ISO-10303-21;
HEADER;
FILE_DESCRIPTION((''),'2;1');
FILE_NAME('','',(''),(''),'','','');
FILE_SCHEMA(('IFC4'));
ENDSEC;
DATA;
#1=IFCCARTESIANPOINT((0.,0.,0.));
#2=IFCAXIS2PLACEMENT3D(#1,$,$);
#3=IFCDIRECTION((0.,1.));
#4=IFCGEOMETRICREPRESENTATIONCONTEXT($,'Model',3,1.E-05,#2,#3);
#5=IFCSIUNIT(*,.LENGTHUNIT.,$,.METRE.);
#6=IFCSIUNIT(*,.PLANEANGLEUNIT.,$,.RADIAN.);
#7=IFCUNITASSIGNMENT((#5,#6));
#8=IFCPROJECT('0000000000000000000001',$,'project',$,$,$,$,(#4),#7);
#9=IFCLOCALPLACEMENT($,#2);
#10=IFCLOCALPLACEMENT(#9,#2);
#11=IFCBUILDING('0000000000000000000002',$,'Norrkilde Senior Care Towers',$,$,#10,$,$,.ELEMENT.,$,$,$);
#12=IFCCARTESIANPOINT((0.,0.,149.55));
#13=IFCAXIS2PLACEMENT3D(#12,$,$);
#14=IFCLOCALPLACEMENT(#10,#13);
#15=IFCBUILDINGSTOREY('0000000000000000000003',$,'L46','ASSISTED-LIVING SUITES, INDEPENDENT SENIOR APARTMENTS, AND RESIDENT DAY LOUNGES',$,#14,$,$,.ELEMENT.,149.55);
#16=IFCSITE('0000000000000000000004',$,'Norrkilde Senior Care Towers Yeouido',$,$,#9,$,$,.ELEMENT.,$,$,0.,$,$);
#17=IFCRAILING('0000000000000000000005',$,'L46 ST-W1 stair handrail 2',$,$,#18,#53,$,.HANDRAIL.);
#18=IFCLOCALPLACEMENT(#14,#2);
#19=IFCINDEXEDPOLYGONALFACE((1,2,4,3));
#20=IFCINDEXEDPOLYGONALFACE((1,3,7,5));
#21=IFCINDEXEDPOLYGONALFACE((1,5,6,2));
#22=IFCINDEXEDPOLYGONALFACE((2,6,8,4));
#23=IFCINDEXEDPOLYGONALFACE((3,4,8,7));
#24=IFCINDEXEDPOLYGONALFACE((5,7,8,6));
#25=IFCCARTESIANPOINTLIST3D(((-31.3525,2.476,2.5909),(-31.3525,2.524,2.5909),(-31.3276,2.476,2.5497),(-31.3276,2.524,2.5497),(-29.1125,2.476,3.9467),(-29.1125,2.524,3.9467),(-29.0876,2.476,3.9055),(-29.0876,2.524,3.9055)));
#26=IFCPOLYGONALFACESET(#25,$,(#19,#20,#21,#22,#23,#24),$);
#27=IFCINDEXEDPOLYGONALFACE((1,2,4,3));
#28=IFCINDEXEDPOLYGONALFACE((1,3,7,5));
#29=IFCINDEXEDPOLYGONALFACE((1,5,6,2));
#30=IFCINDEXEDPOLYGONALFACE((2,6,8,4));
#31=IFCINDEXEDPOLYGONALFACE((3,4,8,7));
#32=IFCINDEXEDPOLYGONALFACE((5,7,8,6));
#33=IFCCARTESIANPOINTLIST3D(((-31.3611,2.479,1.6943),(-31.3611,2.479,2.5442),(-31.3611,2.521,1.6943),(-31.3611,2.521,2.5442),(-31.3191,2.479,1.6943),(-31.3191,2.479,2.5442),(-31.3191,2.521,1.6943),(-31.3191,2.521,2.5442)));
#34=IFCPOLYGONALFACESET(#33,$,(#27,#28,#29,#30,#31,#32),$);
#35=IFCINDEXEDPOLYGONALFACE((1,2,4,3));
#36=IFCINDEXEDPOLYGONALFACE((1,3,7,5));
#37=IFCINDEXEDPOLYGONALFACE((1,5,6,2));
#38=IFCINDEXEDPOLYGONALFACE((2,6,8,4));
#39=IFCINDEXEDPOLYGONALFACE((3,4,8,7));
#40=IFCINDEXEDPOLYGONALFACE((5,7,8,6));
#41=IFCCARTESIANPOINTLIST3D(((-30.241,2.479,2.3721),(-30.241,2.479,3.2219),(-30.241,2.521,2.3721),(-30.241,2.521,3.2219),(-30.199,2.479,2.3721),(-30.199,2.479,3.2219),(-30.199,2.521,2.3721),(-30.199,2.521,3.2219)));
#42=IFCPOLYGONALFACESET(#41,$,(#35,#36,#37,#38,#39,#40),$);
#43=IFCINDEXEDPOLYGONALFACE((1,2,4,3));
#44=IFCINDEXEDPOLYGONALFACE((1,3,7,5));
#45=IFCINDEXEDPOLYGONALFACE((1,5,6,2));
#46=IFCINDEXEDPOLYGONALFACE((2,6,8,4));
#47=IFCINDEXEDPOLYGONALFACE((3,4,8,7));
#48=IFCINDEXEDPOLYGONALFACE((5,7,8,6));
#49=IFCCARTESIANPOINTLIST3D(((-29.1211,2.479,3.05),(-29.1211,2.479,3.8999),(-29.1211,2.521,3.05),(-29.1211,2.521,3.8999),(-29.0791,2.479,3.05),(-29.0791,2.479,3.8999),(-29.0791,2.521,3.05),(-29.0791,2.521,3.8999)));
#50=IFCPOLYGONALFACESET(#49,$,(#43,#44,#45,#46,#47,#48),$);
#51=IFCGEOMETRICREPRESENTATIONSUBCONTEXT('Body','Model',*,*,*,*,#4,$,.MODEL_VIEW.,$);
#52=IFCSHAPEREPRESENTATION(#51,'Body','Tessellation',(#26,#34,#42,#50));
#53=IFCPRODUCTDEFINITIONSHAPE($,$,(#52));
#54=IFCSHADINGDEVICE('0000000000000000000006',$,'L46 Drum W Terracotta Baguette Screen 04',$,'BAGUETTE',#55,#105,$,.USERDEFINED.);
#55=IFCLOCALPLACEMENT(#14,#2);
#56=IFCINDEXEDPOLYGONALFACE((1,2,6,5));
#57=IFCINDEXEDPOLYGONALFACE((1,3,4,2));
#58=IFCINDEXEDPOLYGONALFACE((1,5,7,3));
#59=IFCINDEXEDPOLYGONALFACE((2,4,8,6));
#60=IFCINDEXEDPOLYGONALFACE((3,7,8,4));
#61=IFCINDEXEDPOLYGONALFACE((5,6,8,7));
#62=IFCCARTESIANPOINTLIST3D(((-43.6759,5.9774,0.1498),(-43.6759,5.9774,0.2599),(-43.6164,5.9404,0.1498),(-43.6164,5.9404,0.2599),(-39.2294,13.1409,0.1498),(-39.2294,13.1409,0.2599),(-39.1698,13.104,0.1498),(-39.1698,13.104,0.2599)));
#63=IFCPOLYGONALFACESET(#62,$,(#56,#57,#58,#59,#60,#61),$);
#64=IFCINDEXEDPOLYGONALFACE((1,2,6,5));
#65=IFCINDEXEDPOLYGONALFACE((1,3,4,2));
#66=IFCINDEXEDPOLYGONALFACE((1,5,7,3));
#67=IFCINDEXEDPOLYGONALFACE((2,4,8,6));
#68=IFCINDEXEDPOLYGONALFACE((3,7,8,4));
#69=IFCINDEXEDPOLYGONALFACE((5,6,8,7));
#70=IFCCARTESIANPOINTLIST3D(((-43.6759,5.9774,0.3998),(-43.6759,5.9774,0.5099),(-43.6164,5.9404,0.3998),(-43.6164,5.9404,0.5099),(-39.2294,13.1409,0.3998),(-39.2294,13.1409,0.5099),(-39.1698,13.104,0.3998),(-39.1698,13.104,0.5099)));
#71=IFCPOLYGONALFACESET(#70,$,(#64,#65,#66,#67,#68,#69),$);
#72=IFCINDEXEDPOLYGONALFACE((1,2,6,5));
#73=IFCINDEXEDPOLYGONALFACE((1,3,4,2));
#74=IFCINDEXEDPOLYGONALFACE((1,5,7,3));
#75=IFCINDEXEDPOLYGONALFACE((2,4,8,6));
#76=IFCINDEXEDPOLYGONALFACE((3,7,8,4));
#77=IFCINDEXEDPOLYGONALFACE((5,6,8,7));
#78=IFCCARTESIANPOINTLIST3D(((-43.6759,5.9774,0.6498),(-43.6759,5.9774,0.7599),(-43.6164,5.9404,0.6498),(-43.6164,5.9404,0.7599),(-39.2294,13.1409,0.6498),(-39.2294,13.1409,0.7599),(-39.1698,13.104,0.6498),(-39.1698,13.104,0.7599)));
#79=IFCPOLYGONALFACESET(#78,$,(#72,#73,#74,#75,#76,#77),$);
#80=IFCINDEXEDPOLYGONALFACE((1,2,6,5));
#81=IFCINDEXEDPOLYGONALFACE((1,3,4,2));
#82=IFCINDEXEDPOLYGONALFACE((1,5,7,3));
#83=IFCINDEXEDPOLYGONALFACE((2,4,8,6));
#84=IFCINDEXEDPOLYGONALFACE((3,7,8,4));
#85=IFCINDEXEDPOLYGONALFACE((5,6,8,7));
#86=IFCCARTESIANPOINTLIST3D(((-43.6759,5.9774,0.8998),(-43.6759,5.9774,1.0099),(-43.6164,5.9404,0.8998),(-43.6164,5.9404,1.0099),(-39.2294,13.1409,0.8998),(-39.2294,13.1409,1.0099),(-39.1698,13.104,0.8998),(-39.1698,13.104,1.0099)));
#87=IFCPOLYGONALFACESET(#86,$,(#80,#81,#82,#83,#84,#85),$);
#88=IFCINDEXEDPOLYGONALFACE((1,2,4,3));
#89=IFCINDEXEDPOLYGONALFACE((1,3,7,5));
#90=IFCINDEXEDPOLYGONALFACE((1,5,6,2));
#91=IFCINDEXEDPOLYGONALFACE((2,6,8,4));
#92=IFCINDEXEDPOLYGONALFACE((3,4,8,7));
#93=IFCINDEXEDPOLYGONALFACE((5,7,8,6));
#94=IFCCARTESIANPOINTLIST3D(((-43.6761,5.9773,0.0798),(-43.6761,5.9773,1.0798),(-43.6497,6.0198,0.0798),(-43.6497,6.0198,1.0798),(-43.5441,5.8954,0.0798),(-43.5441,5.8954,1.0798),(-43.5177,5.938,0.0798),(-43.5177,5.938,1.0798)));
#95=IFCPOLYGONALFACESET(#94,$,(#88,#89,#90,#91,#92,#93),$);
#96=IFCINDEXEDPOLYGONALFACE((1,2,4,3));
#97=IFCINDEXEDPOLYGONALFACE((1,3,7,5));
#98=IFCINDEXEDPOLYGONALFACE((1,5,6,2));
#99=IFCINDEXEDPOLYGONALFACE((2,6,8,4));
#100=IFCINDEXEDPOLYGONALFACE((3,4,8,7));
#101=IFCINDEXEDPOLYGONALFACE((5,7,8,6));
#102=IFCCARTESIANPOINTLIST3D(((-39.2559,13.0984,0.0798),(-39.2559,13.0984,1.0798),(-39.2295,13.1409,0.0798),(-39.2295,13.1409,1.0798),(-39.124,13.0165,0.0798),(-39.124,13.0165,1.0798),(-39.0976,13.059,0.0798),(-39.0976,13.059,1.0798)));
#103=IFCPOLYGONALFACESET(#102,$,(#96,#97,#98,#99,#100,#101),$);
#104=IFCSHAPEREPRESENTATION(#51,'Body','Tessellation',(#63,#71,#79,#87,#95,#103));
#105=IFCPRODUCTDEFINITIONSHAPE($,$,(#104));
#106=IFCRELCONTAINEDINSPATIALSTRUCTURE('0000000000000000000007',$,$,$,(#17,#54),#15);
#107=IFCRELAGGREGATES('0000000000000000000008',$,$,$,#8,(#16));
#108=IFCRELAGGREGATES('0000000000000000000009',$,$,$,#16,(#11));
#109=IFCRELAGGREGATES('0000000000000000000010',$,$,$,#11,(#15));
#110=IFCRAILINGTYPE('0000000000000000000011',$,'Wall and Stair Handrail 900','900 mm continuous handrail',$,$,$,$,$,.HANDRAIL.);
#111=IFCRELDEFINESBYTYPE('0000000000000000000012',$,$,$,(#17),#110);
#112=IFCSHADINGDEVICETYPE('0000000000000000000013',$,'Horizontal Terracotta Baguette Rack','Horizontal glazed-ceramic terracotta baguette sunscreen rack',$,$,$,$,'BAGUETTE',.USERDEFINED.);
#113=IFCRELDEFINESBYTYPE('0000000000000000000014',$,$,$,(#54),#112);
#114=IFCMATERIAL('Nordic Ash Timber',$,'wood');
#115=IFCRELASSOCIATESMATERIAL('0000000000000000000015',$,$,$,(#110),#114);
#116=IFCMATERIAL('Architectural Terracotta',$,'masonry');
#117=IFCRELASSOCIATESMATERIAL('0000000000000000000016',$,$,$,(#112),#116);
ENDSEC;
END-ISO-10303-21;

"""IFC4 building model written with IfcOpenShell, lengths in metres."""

from ifc_helpers import new_model, si_unit, direction, frame, origin, origin_2d, place, context, subcontext, project, spatial, rectangle, extrude, source, transform, mapped, material, type_object, type_shapes, element, save


model = new_model("IFC4")

# Units and contexts
model_context = context("Model", 3, precision=1e-05, world=origin(), true_north=direction((0.0, 1.0)))
body_context = subcontext(model_context, "Body", "Model", "MODEL_VIEW")
ifc_project = project(units=[si_unit("LENGTHUNIT", "METRE"), si_unit("PLANEANGLEUNIT", "RADIAN")], contexts=[model_context])

# Site, building, storey
site_placement = place(None, origin())
site = spatial("IfcSite", under=ifc_project, at=site_placement, Name="Norrkilde Senior Care Towers Yeouido", CompositionType="ELEMENT", RefElevation=0.0)
building_placement = place(site_placement, origin())
building = spatial("IfcBuilding", under=site, at=building_placement, Name="Norrkilde Senior Care Towers", CompositionType="ELEMENT")
storey_placement = place(building_placement, frame((0.0, 0.0, 149.55)))
storey = spatial("IfcBuildingStorey", under=building, at=storey_placement, Name="L46", Description="ASSISTED-LIVING SUITES, INDEPENDENT SENIOR APARTMENTS, AND RESIDENT DAY LOUNGES", CompositionType="ELEMENT", Elevation=149.55)

# Railing
ifc_material_1 = material(Name="Nordic Ash Timber", Category="wood")
railing_type_1 = type_object("IfcRailingType", Name="Wall and Stair Handrail 900", Description="900 mm continuous handrail", PredefinedType="HANDRAIL", material=ifc_material_1)
railing_1_placement = place(storey_placement, frame((-31.3401, 2.5, 1.6943)))
element("IfcRailing", 1, at=railing_1_placement, inside=storey, type_object=railing_type_1, Name="L46 ST-W1 stair handrail 2", PredefinedType="HANDRAIL", context=body_context, shape_type="SweptSolid", body=[
    extrude(rectangle(XDim=0.0481, YDim=0.0481, at=origin_2d()), frame((0.0, 0.0, 0.876), z_axis=(0.855512, 0.0, 0.517783), x_axis=(0.0, 1.0, 0.0)), (0.0, 0.0, 1.0), 2.6184),
    extrude(rectangle(XDim=0.042, YDim=0.042, at=origin_2d()), origin(), (0.0, 0.0, 1.0), 0.8499),
    extrude(rectangle(XDim=0.042, YDim=0.042, at=origin_2d()), frame((1.1201, 0.0, 0.6777)), (0.0, 0.0, 1.0), 0.8499),
    extrude(rectangle(XDim=0.042, YDim=0.042, at=origin_2d()), frame((2.24, 0.0, 1.3557)), (0.0, 0.0, 1.0), 0.8499),
])

# Shading device
ifc_material_2 = material(Name="Architectural Terracotta", Category="masonry")
shading_device_type = type_object("IfcShadingDeviceType", Name="Horizontal Terracotta Baguette Rack", Description="Horizontal glazed-ceramic terracotta baguette sunscreen rack", ElementType="BAGUETTE", PredefinedType="USERDEFINED", material=ifc_material_2)
shared_shape_1 = source(origin(), body_context, "Body", "SweptSolid", [
    extrude(rectangle(XDim=0.0701, YDim=0.1101, at=origin_2d()), frame((0.0, 0.0901, 0.125), z_axis=(1.0, 0.0, 0.0), x_axis=(0.0, 1.0, 0.0)), (0.0, 0.0, 1.0), 8.4314),
    extrude(rectangle(XDim=0.0701, YDim=0.1101, at=origin_2d()), frame((0.0, 0.0901, 0.375), z_axis=(1.0, 0.0, 0.0), x_axis=(0.0, 1.0, 0.0)), (0.0, 0.0, 1.0), 8.4314),
    extrude(rectangle(XDim=0.0701, YDim=0.1101, at=origin_2d()), frame((0.0, 0.0901, 0.625), z_axis=(1.0, 0.0, 0.0), x_axis=(0.0, 1.0, 0.0)), (0.0, 0.0, 1.0), 8.4314),
    extrude(rectangle(XDim=0.0701, YDim=0.1101, at=origin_2d()), frame((0.0, 0.0901, 0.875), z_axis=(1.0, 0.0, 0.0), x_axis=(0.0, 1.0, 0.0)), (0.0, 0.0, 1.0), 8.4314),
    extrude(rectangle(XDim=0.05, YDim=0.1553, at=origin_2d()), frame((0.0249, 0.0476, 0.0)), (0.0, 0.0, 1.0), 1.0),
    extrude(rectangle(XDim=0.05, YDim=0.1553, at=origin_2d()), frame((8.4062, 0.0476, 0.0)), (0.0, 0.0, 1.0), 1.0),
])
type_shapes(shading_device_type, [shared_shape_1])
shading_device_placement = place(storey_placement, frame((-43.5696, 5.9114, 0.0798), z_axis=(0.0, 0.0, 1.0), x_axis=(0.527378, 0.849631, 0.0)))
element("IfcShadingDevice", 2, at=shading_device_placement, inside=storey, type_object=shading_device_type, Name="L46 Drum W Terracotta Baguette Screen 04", ObjectType="BAGUETTE", PredefinedType="USERDEFINED", context=body_context, shape_type="MappedRepresentation", body=[
    mapped(shared_shape_1, transform((0.0, 0.0, 0.0), x_axis=(1.0, 0.0, 0.0), y_axis=(0.0, 1.0, 0.0), z_axis=(0.0, 0.0, 1.0), scale=1.0)),
])

save(model, "model.ifc")
